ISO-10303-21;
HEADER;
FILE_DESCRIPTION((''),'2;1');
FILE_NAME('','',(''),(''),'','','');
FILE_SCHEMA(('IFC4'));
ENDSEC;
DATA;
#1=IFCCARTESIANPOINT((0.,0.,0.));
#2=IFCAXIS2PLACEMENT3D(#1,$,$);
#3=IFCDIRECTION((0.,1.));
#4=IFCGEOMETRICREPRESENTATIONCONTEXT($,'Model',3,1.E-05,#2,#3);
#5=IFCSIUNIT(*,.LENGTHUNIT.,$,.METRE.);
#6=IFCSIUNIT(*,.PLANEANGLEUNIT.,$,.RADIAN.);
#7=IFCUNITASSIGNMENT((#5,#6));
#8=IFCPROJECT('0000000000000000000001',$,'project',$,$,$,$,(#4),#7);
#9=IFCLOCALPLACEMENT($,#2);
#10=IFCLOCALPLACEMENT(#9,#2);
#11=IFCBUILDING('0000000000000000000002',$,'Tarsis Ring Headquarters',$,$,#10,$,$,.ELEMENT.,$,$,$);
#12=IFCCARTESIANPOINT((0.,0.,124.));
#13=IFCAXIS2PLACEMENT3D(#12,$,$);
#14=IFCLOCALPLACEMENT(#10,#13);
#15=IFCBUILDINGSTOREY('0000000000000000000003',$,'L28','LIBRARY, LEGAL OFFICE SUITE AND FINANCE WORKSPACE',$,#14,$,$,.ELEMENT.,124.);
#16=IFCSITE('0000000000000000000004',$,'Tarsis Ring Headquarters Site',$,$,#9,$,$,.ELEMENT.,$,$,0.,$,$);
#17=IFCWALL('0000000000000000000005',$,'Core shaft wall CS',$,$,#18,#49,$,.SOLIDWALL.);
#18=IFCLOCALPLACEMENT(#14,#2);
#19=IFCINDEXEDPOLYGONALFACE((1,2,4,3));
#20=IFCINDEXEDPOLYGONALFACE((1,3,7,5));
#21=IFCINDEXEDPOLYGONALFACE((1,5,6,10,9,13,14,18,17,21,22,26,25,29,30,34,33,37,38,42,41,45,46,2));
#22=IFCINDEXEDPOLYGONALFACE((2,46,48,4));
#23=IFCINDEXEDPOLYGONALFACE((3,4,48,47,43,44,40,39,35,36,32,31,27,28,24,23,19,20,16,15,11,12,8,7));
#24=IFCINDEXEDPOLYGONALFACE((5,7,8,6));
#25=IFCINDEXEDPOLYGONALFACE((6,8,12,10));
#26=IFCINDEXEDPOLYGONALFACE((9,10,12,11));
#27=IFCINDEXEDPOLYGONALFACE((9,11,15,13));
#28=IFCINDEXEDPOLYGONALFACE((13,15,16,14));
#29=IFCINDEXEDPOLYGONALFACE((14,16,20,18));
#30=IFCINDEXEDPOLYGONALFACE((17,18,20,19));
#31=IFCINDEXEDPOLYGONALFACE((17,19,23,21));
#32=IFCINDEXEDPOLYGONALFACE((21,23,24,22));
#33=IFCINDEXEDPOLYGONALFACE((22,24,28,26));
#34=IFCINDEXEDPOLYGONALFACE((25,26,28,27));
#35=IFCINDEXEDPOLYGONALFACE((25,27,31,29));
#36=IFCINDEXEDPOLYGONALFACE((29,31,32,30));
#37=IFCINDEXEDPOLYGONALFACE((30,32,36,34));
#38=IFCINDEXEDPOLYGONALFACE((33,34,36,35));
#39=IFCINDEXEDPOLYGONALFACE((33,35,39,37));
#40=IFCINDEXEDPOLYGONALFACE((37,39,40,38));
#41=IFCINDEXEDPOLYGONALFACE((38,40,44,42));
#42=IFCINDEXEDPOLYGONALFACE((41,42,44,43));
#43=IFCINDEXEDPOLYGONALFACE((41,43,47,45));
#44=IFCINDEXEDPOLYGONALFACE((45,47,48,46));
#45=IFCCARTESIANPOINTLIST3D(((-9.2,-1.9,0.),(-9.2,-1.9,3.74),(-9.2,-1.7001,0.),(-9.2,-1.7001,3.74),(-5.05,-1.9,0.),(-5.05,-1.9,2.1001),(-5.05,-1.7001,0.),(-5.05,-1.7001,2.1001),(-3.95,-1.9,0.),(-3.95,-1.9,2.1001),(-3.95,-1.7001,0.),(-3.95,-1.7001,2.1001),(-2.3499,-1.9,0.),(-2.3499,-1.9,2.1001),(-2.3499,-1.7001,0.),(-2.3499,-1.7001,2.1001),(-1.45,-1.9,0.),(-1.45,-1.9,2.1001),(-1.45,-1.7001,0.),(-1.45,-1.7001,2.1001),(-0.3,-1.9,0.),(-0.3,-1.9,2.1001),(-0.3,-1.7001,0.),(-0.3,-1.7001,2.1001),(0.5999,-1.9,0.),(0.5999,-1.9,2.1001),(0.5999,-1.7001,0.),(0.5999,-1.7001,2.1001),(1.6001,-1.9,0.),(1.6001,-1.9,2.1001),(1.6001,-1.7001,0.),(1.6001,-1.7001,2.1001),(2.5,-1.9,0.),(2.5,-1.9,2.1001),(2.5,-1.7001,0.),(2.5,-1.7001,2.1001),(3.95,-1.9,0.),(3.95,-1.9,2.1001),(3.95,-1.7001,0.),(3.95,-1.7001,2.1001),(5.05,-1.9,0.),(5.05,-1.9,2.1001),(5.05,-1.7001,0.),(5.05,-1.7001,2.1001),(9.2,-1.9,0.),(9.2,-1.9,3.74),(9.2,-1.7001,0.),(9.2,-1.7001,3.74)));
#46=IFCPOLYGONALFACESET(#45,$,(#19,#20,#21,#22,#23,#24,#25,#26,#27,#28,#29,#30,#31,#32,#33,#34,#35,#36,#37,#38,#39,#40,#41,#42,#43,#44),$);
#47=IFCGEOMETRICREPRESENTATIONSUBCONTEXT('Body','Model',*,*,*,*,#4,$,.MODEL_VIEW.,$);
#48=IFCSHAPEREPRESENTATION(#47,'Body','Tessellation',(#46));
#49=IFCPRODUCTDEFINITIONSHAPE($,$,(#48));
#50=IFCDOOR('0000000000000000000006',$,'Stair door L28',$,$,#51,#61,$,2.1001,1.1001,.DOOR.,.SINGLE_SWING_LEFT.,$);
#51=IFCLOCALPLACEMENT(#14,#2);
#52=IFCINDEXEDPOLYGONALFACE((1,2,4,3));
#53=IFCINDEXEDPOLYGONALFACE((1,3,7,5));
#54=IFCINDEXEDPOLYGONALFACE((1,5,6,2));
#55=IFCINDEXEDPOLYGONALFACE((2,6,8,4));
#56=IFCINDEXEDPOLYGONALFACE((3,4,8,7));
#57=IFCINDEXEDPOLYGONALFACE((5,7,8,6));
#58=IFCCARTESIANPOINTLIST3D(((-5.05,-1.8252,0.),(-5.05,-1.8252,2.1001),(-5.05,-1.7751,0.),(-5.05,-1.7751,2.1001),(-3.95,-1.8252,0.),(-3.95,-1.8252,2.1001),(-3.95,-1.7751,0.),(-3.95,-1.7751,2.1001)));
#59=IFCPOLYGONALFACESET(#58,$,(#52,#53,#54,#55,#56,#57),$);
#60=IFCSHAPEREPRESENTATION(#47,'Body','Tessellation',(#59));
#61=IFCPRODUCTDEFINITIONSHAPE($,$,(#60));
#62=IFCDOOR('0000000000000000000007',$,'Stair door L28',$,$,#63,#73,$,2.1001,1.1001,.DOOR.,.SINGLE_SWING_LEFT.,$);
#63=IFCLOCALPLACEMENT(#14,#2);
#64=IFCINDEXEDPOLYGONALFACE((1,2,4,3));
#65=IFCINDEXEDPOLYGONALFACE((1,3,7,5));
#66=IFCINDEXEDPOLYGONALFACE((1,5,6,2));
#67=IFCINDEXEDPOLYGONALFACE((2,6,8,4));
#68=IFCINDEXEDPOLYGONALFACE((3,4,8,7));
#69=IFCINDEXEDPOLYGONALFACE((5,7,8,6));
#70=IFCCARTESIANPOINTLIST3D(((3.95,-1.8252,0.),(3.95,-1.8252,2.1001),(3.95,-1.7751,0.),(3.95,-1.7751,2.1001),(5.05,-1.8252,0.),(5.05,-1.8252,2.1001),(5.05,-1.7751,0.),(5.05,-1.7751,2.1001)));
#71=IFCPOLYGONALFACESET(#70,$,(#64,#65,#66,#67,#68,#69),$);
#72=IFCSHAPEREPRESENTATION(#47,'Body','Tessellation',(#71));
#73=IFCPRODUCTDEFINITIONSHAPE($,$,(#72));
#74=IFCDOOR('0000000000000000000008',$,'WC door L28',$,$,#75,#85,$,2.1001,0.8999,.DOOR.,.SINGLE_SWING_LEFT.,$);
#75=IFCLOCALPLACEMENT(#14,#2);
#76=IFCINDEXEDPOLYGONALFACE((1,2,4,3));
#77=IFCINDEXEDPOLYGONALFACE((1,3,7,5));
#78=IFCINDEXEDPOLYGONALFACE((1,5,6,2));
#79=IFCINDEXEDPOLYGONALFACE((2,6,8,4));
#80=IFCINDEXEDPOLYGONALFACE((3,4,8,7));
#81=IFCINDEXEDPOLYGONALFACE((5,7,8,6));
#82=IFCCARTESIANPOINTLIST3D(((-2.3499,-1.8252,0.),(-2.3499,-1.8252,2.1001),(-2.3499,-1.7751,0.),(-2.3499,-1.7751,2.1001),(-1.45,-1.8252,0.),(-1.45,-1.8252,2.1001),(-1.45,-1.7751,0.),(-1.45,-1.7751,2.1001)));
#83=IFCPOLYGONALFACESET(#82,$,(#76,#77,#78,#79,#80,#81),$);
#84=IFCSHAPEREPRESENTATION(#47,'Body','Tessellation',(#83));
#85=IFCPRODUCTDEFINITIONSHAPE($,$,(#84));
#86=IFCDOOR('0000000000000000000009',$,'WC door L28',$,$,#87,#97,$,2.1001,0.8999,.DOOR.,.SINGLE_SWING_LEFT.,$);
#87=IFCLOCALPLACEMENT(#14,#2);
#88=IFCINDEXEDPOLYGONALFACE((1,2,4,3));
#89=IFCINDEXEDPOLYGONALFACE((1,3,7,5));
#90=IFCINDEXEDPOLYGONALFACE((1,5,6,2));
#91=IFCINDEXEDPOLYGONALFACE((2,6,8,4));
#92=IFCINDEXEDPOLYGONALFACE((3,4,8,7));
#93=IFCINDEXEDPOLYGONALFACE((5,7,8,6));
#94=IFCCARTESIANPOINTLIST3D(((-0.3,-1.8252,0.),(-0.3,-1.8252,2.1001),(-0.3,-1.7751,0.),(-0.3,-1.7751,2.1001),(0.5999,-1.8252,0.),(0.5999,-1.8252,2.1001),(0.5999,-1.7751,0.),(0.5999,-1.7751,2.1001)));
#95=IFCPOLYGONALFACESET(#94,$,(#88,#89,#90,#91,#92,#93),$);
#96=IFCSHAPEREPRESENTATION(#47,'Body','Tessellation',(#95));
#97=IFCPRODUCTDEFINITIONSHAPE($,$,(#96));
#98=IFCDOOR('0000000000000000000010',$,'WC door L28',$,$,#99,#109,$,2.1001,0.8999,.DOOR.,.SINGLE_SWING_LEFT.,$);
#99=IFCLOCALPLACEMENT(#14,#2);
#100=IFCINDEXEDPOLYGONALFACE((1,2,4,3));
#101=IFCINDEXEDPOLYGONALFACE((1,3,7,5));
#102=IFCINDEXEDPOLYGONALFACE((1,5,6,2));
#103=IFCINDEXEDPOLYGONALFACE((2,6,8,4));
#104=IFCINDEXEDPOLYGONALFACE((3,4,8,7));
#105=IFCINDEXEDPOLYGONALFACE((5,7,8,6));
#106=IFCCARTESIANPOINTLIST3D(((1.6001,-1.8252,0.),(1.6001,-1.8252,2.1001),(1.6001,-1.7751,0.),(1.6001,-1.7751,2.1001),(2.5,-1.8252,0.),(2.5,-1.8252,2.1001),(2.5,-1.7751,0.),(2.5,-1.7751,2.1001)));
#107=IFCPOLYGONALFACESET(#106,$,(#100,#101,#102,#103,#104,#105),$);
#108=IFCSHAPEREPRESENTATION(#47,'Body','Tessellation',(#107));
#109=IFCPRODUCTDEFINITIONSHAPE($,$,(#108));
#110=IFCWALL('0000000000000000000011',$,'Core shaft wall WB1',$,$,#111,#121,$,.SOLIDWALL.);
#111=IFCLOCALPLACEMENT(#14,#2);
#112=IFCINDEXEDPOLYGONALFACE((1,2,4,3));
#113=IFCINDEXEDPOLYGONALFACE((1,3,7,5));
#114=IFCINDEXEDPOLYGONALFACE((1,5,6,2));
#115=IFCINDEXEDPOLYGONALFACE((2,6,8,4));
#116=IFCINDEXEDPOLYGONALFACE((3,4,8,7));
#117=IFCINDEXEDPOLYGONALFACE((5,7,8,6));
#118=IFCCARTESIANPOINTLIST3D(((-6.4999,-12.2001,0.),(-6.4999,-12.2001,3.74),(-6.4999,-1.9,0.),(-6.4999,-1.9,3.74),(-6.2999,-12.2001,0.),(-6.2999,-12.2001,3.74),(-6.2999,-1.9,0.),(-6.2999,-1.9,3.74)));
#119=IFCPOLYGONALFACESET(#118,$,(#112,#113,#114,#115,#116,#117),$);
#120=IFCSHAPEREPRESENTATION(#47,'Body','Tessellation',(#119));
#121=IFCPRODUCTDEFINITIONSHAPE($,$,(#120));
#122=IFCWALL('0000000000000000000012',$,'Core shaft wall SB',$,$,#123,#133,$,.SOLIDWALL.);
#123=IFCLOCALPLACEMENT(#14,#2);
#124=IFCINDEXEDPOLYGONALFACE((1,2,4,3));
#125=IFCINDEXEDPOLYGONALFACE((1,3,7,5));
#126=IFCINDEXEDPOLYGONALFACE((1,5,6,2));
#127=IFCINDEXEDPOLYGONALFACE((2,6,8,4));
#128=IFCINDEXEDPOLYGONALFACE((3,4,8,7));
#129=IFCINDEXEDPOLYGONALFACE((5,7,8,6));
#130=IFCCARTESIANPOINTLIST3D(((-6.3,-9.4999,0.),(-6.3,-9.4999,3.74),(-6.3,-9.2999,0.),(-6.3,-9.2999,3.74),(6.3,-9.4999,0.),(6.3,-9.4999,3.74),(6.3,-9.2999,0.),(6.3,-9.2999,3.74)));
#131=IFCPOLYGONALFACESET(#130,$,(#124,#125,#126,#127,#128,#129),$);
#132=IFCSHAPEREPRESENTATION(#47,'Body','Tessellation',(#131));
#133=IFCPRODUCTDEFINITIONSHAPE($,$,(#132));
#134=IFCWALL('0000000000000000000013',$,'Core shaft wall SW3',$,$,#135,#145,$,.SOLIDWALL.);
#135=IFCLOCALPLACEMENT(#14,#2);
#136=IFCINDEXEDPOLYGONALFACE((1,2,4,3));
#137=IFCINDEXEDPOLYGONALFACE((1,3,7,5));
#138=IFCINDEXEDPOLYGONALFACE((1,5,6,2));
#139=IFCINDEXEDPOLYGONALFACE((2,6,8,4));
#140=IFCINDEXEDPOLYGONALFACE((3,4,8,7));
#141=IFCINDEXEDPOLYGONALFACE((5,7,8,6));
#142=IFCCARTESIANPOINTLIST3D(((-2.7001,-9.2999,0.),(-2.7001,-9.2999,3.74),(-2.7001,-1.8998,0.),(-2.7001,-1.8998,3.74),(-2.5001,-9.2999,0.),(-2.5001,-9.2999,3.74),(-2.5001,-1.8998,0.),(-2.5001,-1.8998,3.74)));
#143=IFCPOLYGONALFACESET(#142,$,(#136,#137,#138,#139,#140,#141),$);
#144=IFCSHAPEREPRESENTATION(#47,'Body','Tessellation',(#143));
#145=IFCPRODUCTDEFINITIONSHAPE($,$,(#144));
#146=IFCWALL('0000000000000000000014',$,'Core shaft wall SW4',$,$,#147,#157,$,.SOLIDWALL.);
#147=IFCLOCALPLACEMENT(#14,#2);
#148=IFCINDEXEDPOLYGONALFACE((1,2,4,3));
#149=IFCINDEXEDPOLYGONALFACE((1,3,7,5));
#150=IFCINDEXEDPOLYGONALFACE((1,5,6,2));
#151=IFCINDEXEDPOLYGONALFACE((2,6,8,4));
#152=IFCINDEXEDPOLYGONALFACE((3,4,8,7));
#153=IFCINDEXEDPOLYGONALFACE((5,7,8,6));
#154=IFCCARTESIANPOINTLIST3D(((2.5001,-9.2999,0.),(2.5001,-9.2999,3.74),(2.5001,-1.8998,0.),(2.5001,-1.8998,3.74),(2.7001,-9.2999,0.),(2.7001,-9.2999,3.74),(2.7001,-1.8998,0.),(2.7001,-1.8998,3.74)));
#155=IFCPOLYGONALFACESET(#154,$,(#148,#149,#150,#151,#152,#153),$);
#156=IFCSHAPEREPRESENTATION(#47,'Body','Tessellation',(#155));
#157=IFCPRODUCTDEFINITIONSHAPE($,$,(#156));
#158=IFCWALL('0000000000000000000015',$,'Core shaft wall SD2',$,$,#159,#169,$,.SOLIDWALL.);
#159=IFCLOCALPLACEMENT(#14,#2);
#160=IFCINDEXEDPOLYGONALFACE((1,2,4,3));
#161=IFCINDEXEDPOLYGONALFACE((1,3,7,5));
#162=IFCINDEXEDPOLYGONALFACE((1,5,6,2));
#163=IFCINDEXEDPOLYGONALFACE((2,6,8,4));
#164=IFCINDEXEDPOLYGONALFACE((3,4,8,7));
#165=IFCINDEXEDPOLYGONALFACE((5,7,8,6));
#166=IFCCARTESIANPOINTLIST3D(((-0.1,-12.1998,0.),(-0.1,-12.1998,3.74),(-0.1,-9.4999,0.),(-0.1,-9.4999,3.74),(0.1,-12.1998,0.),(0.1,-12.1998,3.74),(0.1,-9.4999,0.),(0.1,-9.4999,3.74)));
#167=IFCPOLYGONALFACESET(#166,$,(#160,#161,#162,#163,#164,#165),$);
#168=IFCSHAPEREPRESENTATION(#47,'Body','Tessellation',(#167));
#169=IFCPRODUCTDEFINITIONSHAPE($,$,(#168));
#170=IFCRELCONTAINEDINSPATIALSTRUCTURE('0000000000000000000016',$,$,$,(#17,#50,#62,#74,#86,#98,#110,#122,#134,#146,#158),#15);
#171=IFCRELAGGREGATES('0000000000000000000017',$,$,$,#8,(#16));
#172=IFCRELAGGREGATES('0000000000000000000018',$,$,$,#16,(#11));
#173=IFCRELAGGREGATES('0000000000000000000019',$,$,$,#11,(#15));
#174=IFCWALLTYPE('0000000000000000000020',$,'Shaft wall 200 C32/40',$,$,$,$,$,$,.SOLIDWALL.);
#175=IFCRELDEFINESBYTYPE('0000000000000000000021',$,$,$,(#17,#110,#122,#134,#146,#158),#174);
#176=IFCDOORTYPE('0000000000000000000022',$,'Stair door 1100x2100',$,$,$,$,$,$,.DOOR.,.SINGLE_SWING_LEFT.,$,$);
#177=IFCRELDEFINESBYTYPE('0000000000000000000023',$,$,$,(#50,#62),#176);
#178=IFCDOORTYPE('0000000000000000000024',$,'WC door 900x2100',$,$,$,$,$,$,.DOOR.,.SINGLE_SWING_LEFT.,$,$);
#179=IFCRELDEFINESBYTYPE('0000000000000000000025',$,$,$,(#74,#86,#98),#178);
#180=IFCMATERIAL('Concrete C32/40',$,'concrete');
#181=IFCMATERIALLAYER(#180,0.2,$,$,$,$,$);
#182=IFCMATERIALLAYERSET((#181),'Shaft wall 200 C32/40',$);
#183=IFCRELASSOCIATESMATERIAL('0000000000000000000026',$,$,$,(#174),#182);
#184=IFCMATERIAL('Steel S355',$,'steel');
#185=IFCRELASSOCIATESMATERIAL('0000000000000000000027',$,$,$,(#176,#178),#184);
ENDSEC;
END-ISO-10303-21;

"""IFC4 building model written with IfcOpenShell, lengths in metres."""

from ifc_helpers import new_model, si_unit, direction, frame, frame_2d, origin, place, context, subcontext, project, spatial, rectangle, extrude, material, layer, layer_set, type_object, element, fill, save


model = new_model("IFC4")

# Units and contexts
model_context = context("Model", 3, precision=1e-05, world=origin(), true_north=direction((0.0, 1.0)))
body_context = subcontext(model_context, "Body", "Model", "MODEL_VIEW")
ifc_project = project(units=[si_unit("LENGTHUNIT", "METRE"), si_unit("PLANEANGLEUNIT", "RADIAN")], contexts=[model_context])

# Site, building, storey
site_placement = place(None, origin())
site = spatial("IfcSite", under=ifc_project, at=site_placement, Name="Tarsis Ring Headquarters Site", CompositionType="ELEMENT", RefElevation=0.0)
building_placement = place(site_placement, origin())
building = spatial("IfcBuilding", under=site, at=building_placement, Name="Tarsis Ring Headquarters", CompositionType="ELEMENT")
storey_placement = place(building_placement, frame((0.0, 0.0, 124.0)))
storey = spatial("IfcBuildingStorey", under=building, at=storey_placement, Name="L28", Description="LIBRARY, LEGAL OFFICE SUITE AND FINANCE WORKSPACE", CompositionType="ELEMENT", Elevation=124.0)

# Shared definitions
ifc_material_1 = material(Name="Concrete C32/40", Category="concrete")

# Wall, openings, doors
ifc_layer_1 = layer(ifc_material_1, 0.2)
ifc_layer_set_1 = layer_set([ifc_layer_1], Name="Shaft wall 200 C32/40")
wall_type_1 = type_object("IfcWallType", Name="Shaft wall 200 C32/40", PredefinedType="SOLIDWALL", material=ifc_layer_set_1)
wall_1_placement = place(storey_placement, frame((-9.2, -1.8, 0.0), z_axis=(0.0, 0.0, 1.0), x_axis=(1.0, 0.0, 0.0)))
wall_1 = element("IfcWall", 1, at=wall_1_placement, inside=storey, type_object=wall_type_1, Name="Core shaft wall CS", PredefinedType="SOLIDWALL", context=body_context, shape_type="SweptSolid", body=[
    extrude(rectangle(XDim=18.3999, YDim=0.2, at=frame_2d((9.2, 0.0))), origin(), (0.0, 0.0, 1.0), 3.74),
])
opening_1_placement = place(wall_1_placement, frame((4.1499, 0.0, 0.0)))
opening_1 = element("IfcOpeningElement", 2, at=opening_1_placement, cuts=wall_1, PredefinedType="OPENING", context=body_context, shape_type="SweptSolid", body=[
    extrude(rectangle(XDim=1.1001, YDim=2.1001, at=frame_2d((0.55, 1.05))), frame((0.0, 0.1099, 0.0), z_axis=(0.0, -1.0, 0.0), x_axis=(1.0, 0.0, 0.0)), (0.0, 0.0, 1.0), 0.22),
])
opening_2_placement = place(wall_1_placement, frame((6.8501, 0.0, 0.0)))
opening_2 = element("IfcOpeningElement", 3, at=opening_2_placement, cuts=wall_1, PredefinedType="OPENING", context=body_context, shape_type="SweptSolid", body=[
    extrude(rectangle(XDim=0.8999, YDim=2.1001, at=frame_2d((0.45, 1.05))), frame((0.0, 0.1099, 0.0), z_axis=(0.0, -1.0, 0.0), x_axis=(1.0, 0.0, 0.0)), (0.0, 0.0, 1.0), 0.22),
])
opening_3_placement = place(wall_1_placement, frame((8.8999, 0.0, 0.0)))
opening_3 = element("IfcOpeningElement", 4, at=opening_3_placement, cuts=wall_1, PredefinedType="OPENING", context=body_context, shape_type="SweptSolid", body=[
    extrude(rectangle(XDim=0.8999, YDim=2.1001, at=frame_2d((0.45, 1.05))), frame((0.0, 0.1099, 0.0), z_axis=(0.0, -1.0, 0.0), x_axis=(1.0, 0.0, 0.0)), (0.0, 0.0, 1.0), 0.22),
])
opening_4_placement = place(wall_1_placement, frame((10.8, 0.0, 0.0)))
opening_4 = element("IfcOpeningElement", 5, at=opening_4_placement, cuts=wall_1, PredefinedType="OPENING", context=body_context, shape_type="SweptSolid", body=[
    extrude(rectangle(XDim=0.8999, YDim=2.1001, at=frame_2d((0.45, 1.05))), frame((0.0, 0.1099, 0.0), z_axis=(0.0, -1.0, 0.0), x_axis=(1.0, 0.0, 0.0)), (0.0, 0.0, 1.0), 0.22),
])
opening_5_placement = place(wall_1_placement, frame((13.1499, 0.0, 0.0)))
opening_5 = element("IfcOpeningElement", 6, at=opening_5_placement, cuts=wall_1, PredefinedType="OPENING", context=body_context, shape_type="SweptSolid", body=[
    extrude(rectangle(XDim=1.1001, YDim=2.1001, at=frame_2d((0.55, 1.05))), frame((0.0, 0.1099, 0.0), z_axis=(0.0, -1.0, 0.0), x_axis=(1.0, 0.0, 0.0)), (0.0, 0.0, 1.0), 0.22),
])
ifc_material_2 = material(Name="Steel S355", Category="steel")
door_type_1 = type_object("IfcDoorType", Name="Stair door 1100x2100", OperationType="SINGLE_SWING_LEFT", PredefinedType="DOOR", material=ifc_material_2)
door_1_placement = place(opening_1_placement, origin())
door_1 = element("IfcDoor", 7, at=door_1_placement, inside=storey, type_object=door_type_1, Name="Stair door L28", OperationType="SINGLE_SWING_LEFT", OverallHeight=2.1001, OverallWidth=1.1001, PredefinedType="DOOR", context=body_context, shape_type="SweptSolid", body=[
    extrude(rectangle(XDim=1.1001, YDim=2.1001, at=frame_2d((0.55, 1.05))), frame((0.0, 0.0249, 0.0), z_axis=(0.0, -1.0, 0.0), x_axis=(1.0, 0.0, 0.0)), (0.0, 0.0, 1.0), 0.05),
])
fill(opening_1, door_1)
door_2_placement = place(opening_5_placement, origin())
door_2 = element("IfcDoor", 8, at=door_2_placement, inside=storey, type_object=door_type_1, Name="Stair door L28", OperationType="SINGLE_SWING_LEFT", OverallHeight=2.1001, OverallWidth=1.1001, PredefinedType="DOOR", context=body_context, shape_type="SweptSolid", body=[
    extrude(rectangle(XDim=1.1001, YDim=2.1001, at=frame_2d((0.55, 1.05))), frame((0.0, 0.0249, 0.0), z_axis=(0.0, -1.0, 0.0), x_axis=(1.0, 0.0, 0.0)), (0.0, 0.0, 1.0), 0.05),
])
fill(opening_5, door_2)
door_type_2 = type_object("IfcDoorType", Name="WC door 900x2100", OperationType="SINGLE_SWING_LEFT", PredefinedType="DOOR", material=ifc_material_2)
door_3_placement = place(opening_2_placement, origin())
door_3 = element("IfcDoor", 9, at=door_3_placement, inside=storey, type_object=door_type_2, Name="WC door L28", OperationType="SINGLE_SWING_LEFT", OverallHeight=2.1001, OverallWidth=0.8999, PredefinedType="DOOR", context=body_context, shape_type="SweptSolid", body=[
    extrude(rectangle(XDim=0.8999, YDim=2.1001, at=frame_2d((0.45, 1.05))), frame((0.0, 0.0249, 0.0), z_axis=(0.0, -1.0, 0.0), x_axis=(1.0, 0.0, 0.0)), (0.0, 0.0, 1.0), 0.05),
])
fill(opening_2, door_3)
door_4_placement = place(opening_3_placement, origin())
door_4 = element("IfcDoor", 10, at=door_4_placement, inside=storey, type_object=door_type_2, Name="WC door L28", OperationType="SINGLE_SWING_LEFT", OverallHeight=2.1001, OverallWidth=0.8999, PredefinedType="DOOR", context=body_context, shape_type="SweptSolid", body=[
    extrude(rectangle(XDim=0.8999, YDim=2.1001, at=frame_2d((0.45, 1.05))), frame((0.0, 0.0249, 0.0), z_axis=(0.0, -1.0, 0.0), x_axis=(1.0, 0.0, 0.0)), (0.0, 0.0, 1.0), 0.05),
])
fill(opening_3, door_4)
door_5_placement = place(opening_4_placement, origin())
door_5 = element("IfcDoor", 11, at=door_5_placement, inside=storey, type_object=door_type_2, Name="WC door L28", OperationType="SINGLE_SWING_LEFT", OverallHeight=2.1001, OverallWidth=0.8999, PredefinedType="DOOR", context=body_context, shape_type="SweptSolid", body=[
    extrude(rectangle(XDim=0.8999, YDim=2.1001, at=frame_2d((0.45, 1.05))), frame((0.0, 0.0249, 0.0), z_axis=(0.0, -1.0, 0.0), x_axis=(1.0, 0.0, 0.0)), (0.0, 0.0, 1.0), 0.05),
])
fill(opening_4, door_5)

# Walls
wall_2_placement = place(storey_placement, frame((-6.3999, -12.2, 0.0), z_axis=(0.0, 0.0, 1.0), x_axis=(0.0, 1.0, 0.0)))
element("IfcWall", 12, at=wall_2_placement, inside=storey, type_object=wall_type_1, Name="Core shaft wall WB1", PredefinedType="SOLIDWALL", context=body_context, shape_type="SweptSolid", body=[
    extrude(rectangle(XDim=10.3, YDim=0.2, at=frame_2d((5.1499, 0.0))), origin(), (0.0, 0.0, 1.0), 3.74),
])
wall_3_placement = place(storey_placement, frame((-6.3, -9.3999, 0.0), z_axis=(0.0, 0.0, 1.0), x_axis=(1.0, 0.0, 0.0)))
element("IfcWall", 13, at=wall_3_placement, inside=storey, type_object=wall_type_1, Name="Core shaft wall SB", PredefinedType="SOLIDWALL", context=body_context, shape_type="SweptSolid", body=[
    extrude(rectangle(XDim=12.6001, YDim=0.2, at=frame_2d((6.3, 0.0))), origin(), (0.0, 0.0, 1.0), 3.74),
])
for number, where, z_axis, x_axis, name in (
    (14, (-2.6001, -9.3, 0.0), (0.0, 0.0, 1.0), (0.0, 1.0, 0.0), "Core shaft wall SW3"),
    (15, (2.6001, -9.3, 0.0), (0.0, 0.0, 1.0), (0.0, 1.0, 0.0), "Core shaft wall SW4"),
):
    element("IfcWall", number, at=place(storey_placement, frame(where, z_axis=z_axis, x_axis=x_axis)), inside=storey, type_object=wall_type_1, Name=name, PredefinedType="SOLIDWALL", context=body_context, shape_type="SweptSolid", body=[
        extrude(rectangle(XDim=7.4001, YDim=0.2, at=frame_2d((3.7002, 0.0))), origin(), (0.0, 0.0, 1.0), 3.74),
    ])
wall_4_placement = place(storey_placement, frame((0.0, -12.2, 0.0), z_axis=(0.0, 0.0, 1.0), x_axis=(0.0, 1.0, 0.0)))
element("IfcWall", 16, at=wall_4_placement, inside=storey, type_object=wall_type_1, Name="Core shaft wall SD2", PredefinedType="SOLIDWALL", context=body_context, shape_type="SweptSolid", body=[
    extrude(rectangle(XDim=2.7, YDim=0.2, at=frame_2d((1.3501, 0.0))), origin(), (0.0, 0.0, 1.0), 3.74),
])

save(model, "model.ifc")
